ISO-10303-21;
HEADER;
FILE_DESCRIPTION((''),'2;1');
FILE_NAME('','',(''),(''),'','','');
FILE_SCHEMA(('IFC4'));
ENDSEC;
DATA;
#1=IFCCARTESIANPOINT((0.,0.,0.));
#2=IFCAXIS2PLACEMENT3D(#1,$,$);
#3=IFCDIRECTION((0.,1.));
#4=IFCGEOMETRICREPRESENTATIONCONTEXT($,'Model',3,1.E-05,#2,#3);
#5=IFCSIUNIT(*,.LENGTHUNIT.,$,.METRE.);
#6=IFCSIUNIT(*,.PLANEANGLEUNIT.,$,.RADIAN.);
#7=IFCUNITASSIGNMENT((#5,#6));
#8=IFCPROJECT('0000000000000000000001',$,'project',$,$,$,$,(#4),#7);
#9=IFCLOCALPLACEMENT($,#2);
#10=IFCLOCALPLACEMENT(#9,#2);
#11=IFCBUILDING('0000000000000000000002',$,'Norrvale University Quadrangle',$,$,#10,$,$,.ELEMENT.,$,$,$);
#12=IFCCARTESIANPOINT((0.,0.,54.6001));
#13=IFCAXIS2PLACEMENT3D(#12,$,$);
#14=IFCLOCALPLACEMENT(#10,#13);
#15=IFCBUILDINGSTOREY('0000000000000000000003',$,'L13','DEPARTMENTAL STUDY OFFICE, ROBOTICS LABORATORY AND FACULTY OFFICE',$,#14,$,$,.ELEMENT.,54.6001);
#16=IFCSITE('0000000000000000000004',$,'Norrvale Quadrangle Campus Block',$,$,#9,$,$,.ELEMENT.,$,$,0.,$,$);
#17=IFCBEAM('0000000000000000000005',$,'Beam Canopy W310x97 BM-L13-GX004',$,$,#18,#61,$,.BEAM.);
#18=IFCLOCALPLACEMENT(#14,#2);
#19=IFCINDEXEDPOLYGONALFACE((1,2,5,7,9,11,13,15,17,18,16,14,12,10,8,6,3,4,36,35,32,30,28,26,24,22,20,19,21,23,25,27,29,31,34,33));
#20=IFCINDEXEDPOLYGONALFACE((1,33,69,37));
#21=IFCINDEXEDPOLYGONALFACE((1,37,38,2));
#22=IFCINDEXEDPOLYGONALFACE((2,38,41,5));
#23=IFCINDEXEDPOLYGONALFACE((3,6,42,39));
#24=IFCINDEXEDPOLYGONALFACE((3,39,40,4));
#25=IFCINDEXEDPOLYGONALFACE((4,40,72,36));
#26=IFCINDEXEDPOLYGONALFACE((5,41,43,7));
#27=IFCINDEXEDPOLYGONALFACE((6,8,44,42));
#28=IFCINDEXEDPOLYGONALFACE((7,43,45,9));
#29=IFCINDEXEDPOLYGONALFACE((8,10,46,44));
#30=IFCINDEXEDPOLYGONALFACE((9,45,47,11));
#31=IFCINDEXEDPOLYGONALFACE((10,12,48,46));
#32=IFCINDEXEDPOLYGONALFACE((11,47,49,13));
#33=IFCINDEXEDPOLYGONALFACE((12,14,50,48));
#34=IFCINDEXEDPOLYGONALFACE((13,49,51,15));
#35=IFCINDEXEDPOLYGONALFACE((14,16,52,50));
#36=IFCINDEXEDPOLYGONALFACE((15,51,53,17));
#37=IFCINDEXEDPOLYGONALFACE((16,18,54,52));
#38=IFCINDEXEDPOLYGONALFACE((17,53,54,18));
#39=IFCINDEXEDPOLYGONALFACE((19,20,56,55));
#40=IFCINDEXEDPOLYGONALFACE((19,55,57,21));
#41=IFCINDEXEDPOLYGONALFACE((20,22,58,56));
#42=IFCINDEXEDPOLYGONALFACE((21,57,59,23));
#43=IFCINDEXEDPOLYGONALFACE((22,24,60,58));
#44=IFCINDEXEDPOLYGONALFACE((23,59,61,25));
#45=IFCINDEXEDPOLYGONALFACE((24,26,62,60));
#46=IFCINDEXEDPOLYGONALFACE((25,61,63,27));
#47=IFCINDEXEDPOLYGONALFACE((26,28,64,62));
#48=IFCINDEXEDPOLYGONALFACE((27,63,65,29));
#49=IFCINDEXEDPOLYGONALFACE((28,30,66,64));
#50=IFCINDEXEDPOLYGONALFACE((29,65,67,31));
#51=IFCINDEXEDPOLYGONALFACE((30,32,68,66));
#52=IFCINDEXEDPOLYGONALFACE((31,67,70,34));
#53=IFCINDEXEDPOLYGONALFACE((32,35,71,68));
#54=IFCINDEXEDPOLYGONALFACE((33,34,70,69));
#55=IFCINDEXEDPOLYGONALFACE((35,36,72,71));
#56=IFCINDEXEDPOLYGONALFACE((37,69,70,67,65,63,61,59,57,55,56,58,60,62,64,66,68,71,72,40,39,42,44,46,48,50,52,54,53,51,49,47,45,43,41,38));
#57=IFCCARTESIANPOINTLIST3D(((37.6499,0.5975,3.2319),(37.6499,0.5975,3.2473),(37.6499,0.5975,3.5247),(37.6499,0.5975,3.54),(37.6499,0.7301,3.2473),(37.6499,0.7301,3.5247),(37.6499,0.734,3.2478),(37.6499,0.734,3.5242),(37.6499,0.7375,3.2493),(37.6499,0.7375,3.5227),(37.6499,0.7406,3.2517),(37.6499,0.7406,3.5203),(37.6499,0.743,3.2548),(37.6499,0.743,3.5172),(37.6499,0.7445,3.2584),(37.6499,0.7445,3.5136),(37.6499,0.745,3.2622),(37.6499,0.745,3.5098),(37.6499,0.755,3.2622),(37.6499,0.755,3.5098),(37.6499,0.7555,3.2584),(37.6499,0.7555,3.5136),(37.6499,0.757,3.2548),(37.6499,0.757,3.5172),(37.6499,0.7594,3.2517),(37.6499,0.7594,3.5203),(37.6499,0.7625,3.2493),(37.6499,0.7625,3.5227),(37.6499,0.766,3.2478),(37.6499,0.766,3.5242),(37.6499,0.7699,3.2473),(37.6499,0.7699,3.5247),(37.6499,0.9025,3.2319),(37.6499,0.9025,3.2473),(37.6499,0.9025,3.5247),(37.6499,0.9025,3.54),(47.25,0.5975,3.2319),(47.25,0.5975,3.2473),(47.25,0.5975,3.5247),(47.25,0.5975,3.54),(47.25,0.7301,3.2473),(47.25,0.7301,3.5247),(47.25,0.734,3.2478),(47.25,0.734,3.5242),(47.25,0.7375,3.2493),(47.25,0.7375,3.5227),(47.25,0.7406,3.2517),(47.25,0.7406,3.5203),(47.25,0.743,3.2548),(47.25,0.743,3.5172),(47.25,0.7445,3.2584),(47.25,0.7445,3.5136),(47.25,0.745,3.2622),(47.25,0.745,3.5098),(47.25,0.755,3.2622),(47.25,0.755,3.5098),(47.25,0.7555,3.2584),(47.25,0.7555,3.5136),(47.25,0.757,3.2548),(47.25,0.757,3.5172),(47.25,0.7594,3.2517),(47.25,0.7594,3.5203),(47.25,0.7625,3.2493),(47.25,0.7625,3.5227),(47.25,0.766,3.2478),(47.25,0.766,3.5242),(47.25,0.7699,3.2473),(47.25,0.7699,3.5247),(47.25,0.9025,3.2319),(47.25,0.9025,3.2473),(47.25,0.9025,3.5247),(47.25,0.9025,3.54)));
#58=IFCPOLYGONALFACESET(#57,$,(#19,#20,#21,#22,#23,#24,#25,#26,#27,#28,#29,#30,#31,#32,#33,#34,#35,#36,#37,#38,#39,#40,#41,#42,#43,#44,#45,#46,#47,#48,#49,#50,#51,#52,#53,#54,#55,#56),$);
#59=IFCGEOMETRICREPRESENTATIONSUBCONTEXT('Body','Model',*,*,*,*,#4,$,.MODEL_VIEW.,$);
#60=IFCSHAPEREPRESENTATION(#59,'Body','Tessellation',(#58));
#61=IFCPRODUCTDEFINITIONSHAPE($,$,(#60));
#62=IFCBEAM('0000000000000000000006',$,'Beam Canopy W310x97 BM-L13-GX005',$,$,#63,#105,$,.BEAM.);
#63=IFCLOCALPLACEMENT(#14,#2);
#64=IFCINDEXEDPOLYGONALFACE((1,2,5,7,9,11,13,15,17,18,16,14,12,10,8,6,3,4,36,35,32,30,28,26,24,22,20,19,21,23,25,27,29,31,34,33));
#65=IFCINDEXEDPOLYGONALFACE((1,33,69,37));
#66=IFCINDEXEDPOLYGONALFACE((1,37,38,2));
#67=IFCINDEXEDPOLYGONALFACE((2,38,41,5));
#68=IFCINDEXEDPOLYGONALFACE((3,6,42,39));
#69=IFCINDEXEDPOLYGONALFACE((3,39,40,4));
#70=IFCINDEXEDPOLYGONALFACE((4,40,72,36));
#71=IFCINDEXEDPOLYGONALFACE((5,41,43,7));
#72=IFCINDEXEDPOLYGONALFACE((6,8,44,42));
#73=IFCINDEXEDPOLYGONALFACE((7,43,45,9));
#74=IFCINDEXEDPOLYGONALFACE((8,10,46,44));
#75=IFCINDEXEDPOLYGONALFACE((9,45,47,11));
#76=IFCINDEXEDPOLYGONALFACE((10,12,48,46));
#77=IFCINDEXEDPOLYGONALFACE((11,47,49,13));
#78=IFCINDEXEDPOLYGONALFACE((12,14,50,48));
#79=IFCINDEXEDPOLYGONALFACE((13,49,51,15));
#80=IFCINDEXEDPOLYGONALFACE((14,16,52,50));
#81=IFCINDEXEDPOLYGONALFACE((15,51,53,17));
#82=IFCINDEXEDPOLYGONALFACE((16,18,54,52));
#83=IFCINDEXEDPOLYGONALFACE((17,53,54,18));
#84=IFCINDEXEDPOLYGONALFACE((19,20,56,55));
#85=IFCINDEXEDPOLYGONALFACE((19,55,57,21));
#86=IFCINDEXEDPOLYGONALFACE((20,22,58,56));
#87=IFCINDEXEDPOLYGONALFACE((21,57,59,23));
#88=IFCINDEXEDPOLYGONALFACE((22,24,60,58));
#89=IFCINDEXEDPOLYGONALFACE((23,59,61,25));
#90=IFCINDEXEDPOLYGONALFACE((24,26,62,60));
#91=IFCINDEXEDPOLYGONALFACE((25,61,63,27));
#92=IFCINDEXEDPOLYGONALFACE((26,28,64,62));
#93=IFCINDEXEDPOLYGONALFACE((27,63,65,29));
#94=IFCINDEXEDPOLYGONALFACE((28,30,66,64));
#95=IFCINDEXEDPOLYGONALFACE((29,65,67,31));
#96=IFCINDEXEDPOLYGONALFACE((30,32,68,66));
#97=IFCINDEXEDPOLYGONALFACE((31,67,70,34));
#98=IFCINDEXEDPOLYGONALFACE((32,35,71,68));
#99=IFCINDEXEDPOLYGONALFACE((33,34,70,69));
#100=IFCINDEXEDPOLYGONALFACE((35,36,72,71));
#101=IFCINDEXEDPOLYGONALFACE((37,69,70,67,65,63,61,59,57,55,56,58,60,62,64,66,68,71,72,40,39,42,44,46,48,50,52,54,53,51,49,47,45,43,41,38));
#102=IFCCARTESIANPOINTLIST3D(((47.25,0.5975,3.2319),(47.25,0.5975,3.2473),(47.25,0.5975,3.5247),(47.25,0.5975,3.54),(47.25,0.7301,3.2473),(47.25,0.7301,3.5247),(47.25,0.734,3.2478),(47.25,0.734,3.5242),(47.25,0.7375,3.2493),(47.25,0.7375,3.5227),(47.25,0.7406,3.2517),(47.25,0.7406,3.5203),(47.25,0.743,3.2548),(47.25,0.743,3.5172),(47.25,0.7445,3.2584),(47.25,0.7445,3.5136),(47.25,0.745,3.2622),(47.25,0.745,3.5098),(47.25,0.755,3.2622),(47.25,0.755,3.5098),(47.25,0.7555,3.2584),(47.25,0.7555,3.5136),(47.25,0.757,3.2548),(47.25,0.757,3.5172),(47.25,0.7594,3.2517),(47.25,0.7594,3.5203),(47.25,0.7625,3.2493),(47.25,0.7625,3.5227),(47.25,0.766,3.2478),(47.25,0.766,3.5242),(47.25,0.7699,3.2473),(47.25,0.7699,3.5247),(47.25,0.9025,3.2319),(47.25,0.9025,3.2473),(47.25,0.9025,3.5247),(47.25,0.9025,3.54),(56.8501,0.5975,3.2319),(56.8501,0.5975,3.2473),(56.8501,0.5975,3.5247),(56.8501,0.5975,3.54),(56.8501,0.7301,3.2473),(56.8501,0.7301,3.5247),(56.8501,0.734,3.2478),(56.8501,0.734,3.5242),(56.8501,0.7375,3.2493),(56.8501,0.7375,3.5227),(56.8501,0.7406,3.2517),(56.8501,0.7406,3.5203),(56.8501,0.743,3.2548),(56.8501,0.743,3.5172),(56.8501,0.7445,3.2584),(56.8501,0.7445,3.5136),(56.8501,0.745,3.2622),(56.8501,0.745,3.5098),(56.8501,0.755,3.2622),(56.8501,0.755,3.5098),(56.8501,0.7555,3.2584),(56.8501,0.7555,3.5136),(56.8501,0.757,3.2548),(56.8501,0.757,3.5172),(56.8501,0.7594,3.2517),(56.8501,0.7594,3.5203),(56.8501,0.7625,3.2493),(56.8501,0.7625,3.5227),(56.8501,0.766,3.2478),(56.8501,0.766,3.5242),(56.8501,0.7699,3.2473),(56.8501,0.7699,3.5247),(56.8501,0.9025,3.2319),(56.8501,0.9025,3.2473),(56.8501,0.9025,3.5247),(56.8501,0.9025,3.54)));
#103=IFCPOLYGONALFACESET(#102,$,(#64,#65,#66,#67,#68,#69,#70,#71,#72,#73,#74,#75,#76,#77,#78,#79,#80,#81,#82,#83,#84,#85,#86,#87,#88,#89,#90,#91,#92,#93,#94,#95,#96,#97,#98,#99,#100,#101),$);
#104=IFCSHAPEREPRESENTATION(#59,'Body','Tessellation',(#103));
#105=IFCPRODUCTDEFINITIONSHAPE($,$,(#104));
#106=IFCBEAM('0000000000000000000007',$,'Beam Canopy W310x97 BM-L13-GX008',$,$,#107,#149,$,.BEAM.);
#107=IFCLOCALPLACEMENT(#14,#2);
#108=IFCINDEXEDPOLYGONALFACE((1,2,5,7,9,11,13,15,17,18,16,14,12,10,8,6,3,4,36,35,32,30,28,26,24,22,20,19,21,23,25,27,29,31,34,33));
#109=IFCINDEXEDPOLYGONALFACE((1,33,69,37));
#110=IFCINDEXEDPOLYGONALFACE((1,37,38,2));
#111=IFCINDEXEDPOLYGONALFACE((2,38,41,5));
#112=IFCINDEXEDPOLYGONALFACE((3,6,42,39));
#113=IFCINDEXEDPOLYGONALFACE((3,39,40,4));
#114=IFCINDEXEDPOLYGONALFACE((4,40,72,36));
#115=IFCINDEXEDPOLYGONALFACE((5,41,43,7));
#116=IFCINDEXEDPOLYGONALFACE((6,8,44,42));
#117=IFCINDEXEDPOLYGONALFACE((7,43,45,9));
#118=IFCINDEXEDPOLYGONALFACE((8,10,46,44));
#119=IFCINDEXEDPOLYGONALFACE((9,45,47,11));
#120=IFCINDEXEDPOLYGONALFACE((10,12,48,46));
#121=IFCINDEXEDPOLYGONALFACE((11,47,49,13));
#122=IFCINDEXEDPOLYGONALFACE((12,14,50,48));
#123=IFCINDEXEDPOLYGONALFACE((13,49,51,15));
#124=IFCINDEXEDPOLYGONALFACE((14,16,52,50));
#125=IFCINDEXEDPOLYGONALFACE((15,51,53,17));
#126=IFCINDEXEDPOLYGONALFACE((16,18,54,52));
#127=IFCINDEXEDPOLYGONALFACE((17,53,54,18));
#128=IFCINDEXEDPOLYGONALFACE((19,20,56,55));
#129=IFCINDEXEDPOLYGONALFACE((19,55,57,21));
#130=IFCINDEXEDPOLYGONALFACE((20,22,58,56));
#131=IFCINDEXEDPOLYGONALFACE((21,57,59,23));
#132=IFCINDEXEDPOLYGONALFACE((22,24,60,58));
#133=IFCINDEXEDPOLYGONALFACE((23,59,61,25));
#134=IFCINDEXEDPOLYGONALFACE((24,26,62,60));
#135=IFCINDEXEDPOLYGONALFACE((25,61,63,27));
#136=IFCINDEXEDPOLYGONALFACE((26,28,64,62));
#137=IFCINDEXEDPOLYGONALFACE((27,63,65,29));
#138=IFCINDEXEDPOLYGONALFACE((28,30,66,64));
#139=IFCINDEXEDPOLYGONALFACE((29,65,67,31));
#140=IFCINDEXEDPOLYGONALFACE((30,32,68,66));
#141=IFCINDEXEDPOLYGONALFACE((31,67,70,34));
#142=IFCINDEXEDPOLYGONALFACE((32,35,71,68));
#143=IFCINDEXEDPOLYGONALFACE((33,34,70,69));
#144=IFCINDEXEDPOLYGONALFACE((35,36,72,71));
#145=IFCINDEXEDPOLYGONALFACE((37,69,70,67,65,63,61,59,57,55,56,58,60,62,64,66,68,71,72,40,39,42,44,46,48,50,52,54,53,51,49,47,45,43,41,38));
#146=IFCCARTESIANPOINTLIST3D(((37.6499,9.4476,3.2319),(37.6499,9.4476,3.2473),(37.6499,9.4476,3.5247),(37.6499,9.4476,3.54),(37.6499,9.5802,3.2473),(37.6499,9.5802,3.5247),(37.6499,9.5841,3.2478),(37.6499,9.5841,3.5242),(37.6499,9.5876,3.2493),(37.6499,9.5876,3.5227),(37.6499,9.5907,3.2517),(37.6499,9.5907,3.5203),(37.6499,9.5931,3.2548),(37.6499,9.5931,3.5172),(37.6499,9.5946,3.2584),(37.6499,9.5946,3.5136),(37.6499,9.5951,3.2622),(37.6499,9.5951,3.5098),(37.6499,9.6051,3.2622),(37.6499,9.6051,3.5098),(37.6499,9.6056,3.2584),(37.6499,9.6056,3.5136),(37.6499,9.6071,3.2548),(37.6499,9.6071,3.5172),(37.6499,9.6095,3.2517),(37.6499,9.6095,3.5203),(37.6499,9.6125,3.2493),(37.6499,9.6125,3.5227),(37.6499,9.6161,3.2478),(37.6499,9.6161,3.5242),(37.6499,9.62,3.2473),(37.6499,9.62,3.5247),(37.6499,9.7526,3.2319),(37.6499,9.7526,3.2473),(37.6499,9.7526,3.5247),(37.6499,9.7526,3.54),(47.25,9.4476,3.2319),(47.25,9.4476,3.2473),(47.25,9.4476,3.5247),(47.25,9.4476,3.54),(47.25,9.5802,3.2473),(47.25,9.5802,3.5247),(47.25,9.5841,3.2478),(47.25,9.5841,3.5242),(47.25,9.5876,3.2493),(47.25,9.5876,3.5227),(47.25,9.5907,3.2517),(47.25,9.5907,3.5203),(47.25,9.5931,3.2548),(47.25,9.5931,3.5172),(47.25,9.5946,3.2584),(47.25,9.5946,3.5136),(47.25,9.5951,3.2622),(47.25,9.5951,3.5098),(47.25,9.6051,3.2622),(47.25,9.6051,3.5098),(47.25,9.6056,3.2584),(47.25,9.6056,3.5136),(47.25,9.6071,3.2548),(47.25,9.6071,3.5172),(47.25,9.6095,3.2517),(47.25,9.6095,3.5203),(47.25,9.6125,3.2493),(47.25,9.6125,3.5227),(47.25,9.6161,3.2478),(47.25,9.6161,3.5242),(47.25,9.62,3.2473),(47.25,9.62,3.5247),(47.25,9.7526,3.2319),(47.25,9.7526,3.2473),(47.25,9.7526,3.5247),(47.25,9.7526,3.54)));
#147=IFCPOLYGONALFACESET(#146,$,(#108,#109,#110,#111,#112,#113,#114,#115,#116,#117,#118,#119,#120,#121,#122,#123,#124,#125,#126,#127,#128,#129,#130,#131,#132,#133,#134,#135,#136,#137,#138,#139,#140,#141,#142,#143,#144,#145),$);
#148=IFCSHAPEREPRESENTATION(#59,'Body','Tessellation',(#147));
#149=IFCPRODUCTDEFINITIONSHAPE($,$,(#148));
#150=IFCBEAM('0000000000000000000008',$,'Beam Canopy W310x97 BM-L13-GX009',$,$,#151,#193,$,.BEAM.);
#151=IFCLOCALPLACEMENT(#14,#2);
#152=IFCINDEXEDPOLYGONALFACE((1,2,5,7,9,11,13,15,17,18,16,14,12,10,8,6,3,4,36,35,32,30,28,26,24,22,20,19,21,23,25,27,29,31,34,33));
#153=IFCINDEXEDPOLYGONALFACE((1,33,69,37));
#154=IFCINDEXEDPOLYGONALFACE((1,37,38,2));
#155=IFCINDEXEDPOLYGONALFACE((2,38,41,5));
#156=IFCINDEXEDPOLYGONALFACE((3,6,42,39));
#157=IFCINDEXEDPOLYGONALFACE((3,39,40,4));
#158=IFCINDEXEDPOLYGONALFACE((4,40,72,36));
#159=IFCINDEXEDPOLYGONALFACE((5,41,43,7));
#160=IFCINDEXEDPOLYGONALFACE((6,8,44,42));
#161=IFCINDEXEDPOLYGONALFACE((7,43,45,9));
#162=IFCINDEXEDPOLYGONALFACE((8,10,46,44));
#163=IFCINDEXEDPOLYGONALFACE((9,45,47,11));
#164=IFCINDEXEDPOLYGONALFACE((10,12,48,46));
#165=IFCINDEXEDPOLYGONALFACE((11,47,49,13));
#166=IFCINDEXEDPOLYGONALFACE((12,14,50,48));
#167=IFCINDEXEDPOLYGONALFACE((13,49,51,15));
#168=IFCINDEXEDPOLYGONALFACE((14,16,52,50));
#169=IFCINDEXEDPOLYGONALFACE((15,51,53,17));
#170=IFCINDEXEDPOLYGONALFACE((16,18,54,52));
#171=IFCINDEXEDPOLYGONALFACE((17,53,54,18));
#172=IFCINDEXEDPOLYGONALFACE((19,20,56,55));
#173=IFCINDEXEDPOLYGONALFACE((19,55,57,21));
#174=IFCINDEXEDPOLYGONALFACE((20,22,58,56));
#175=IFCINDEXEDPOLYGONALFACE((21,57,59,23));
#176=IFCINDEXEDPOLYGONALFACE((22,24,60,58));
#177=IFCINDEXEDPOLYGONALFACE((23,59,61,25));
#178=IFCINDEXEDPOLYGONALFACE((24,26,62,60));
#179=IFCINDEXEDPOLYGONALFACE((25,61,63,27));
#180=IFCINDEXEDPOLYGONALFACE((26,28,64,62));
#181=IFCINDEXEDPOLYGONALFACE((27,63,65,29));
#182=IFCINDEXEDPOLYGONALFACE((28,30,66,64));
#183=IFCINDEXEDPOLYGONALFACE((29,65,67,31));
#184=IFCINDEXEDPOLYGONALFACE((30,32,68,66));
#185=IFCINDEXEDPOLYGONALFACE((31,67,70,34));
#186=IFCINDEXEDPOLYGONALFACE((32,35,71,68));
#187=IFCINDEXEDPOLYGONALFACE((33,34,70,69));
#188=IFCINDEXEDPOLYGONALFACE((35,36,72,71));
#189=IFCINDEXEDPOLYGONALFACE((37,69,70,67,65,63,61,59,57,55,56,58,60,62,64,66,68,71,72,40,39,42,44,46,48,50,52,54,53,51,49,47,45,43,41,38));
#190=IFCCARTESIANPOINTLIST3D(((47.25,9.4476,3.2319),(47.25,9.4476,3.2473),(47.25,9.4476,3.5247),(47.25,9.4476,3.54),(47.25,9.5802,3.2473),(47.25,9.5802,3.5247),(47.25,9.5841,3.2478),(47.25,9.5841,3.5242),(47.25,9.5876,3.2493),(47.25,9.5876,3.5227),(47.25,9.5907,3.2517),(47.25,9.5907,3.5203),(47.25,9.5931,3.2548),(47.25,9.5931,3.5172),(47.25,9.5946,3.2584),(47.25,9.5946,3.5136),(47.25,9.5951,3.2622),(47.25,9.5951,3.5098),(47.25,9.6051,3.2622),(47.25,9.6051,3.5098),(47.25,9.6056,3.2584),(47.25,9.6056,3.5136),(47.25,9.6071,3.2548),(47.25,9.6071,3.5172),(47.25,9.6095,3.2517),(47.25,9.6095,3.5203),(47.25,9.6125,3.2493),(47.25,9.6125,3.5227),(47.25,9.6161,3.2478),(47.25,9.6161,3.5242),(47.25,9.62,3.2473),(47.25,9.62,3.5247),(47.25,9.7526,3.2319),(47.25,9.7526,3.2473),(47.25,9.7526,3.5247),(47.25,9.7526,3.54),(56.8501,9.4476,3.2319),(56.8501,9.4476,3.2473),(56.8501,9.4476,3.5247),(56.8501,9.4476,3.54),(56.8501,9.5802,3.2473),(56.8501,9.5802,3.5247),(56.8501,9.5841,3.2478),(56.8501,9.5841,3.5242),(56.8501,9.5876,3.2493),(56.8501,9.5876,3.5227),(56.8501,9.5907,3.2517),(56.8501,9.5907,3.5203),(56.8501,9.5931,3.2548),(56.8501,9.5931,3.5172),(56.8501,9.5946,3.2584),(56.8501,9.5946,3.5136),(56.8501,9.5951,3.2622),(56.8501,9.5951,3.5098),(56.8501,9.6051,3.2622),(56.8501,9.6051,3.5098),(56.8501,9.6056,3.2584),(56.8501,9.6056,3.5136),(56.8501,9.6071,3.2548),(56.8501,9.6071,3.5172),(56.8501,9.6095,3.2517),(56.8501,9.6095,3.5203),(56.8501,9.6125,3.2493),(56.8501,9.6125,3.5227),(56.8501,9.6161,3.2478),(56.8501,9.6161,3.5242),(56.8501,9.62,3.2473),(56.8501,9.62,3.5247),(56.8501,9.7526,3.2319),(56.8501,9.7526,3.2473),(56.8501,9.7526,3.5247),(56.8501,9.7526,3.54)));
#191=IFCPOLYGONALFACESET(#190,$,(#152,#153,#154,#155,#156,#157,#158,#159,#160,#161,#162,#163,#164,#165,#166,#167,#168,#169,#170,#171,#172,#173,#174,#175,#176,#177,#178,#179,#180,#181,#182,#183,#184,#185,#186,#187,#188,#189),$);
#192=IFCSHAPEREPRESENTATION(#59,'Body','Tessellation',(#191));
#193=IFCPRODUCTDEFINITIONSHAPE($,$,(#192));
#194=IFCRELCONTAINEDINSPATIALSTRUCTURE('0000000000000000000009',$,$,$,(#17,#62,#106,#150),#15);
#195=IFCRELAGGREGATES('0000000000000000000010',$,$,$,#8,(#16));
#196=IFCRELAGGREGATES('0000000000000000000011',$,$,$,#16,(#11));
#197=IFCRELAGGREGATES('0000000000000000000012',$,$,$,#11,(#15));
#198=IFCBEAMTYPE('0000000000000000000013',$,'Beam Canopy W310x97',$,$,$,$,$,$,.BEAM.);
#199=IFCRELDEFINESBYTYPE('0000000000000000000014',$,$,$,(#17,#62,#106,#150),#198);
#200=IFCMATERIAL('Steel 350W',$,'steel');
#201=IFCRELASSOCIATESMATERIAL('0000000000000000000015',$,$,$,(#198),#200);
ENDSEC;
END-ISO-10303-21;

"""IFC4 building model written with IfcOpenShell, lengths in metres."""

from ifc_helpers import new_model, si_unit, direction, frame, origin, origin_2d, place, context, subcontext, project, spatial, i_section, extrude, material, material_profile, profile_set, type_object, element, save


model = new_model("IFC4")

# Units and contexts
model_context = context("Model", 3, precision=1e-05, world=origin(), true_north=direction((0.0, 1.0)))
body_context = subcontext(model_context, "Body", "Model", "MODEL_VIEW")
ifc_project = project(units=[si_unit("LENGTHUNIT", "METRE"), si_unit("PLANEANGLEUNIT", "RADIAN")], contexts=[model_context])

# Site, building, storey
site_placement = place(None, origin())
site = spatial("IfcSite", under=ifc_project, at=site_placement, Name="Norrvale Quadrangle Campus Block", CompositionType="ELEMENT", RefElevation=0.0)
building_placement = place(site_placement, origin())
building = spatial("IfcBuilding", under=site, at=building_placement, Name="Norrvale University Quadrangle", CompositionType="ELEMENT")
storey_placement = place(building_placement, frame((0.0, 0.0, 54.6001)))
storey = spatial("IfcBuildingStorey", under=building, at=storey_placement, Name="L13", Description="DEPARTMENTAL STUDY OFFICE, ROBOTICS LABORATORY AND FACULTY OFFICE", CompositionType="ELEMENT", Elevation=54.6001)

# Beams
ifc_material_1 = material(Name="Steel 350W", Category="steel")
ifc_material_profile_1 = material_profile(ifc_material_1, i_section(OverallWidth=0.3049, OverallDepth=0.3081, WebThickness=0.01, FlangeThickness=0.0154, FilletRadius=0.0149, at=origin_2d()), Name="Steel 350W")
ifc_profile_set_1 = profile_set([ifc_material_profile_1], Name="Steel 350W")
beam_type_1 = type_object("IfcBeamType", Name="Beam Canopy W310x97", PredefinedType="BEAM", material=ifc_profile_set_1)
for number, where, z_axis, x_axis, name in (
    (1, (37.6499, 0.75, 3.386), (1.0, 0.0, 0.0), (0.0, 1.0, 0.0), "Beam Canopy W310x97 BM-L13-GX004"),
    (2, (47.25, 0.75, 3.386), (1.0, 0.0, 0.0), (0.0, 1.0, 0.0), "Beam Canopy W310x97 BM-L13-GX005"),
    (3, (37.6499, 9.6001, 3.386), (1.0, 0.0, 0.0), (0.0, 1.0, 0.0), "Beam Canopy W310x97 BM-L13-GX008"),
    (4, (47.25, 9.6001, 3.386), (1.0, 0.0, 0.0), (0.0, 1.0, 0.0), "Beam Canopy W310x97 BM-L13-GX009"),
):
    element("IfcBeam", number, at=place(storey_placement, frame(where, z_axis=z_axis, x_axis=x_axis)), inside=storey, type_object=beam_type_1, Name=name, PredefinedType="BEAM", context=body_context, shape_type="SweptSolid", body=[
        extrude(i_section(OverallWidth=0.3049, OverallDepth=0.3081, WebThickness=0.01, FlangeThickness=0.0154, FilletRadius=0.0149, at=origin_2d()), origin(), (0.0, 0.0, 1.0), 9.6001),
    ])

save(model, "model.ifc")
